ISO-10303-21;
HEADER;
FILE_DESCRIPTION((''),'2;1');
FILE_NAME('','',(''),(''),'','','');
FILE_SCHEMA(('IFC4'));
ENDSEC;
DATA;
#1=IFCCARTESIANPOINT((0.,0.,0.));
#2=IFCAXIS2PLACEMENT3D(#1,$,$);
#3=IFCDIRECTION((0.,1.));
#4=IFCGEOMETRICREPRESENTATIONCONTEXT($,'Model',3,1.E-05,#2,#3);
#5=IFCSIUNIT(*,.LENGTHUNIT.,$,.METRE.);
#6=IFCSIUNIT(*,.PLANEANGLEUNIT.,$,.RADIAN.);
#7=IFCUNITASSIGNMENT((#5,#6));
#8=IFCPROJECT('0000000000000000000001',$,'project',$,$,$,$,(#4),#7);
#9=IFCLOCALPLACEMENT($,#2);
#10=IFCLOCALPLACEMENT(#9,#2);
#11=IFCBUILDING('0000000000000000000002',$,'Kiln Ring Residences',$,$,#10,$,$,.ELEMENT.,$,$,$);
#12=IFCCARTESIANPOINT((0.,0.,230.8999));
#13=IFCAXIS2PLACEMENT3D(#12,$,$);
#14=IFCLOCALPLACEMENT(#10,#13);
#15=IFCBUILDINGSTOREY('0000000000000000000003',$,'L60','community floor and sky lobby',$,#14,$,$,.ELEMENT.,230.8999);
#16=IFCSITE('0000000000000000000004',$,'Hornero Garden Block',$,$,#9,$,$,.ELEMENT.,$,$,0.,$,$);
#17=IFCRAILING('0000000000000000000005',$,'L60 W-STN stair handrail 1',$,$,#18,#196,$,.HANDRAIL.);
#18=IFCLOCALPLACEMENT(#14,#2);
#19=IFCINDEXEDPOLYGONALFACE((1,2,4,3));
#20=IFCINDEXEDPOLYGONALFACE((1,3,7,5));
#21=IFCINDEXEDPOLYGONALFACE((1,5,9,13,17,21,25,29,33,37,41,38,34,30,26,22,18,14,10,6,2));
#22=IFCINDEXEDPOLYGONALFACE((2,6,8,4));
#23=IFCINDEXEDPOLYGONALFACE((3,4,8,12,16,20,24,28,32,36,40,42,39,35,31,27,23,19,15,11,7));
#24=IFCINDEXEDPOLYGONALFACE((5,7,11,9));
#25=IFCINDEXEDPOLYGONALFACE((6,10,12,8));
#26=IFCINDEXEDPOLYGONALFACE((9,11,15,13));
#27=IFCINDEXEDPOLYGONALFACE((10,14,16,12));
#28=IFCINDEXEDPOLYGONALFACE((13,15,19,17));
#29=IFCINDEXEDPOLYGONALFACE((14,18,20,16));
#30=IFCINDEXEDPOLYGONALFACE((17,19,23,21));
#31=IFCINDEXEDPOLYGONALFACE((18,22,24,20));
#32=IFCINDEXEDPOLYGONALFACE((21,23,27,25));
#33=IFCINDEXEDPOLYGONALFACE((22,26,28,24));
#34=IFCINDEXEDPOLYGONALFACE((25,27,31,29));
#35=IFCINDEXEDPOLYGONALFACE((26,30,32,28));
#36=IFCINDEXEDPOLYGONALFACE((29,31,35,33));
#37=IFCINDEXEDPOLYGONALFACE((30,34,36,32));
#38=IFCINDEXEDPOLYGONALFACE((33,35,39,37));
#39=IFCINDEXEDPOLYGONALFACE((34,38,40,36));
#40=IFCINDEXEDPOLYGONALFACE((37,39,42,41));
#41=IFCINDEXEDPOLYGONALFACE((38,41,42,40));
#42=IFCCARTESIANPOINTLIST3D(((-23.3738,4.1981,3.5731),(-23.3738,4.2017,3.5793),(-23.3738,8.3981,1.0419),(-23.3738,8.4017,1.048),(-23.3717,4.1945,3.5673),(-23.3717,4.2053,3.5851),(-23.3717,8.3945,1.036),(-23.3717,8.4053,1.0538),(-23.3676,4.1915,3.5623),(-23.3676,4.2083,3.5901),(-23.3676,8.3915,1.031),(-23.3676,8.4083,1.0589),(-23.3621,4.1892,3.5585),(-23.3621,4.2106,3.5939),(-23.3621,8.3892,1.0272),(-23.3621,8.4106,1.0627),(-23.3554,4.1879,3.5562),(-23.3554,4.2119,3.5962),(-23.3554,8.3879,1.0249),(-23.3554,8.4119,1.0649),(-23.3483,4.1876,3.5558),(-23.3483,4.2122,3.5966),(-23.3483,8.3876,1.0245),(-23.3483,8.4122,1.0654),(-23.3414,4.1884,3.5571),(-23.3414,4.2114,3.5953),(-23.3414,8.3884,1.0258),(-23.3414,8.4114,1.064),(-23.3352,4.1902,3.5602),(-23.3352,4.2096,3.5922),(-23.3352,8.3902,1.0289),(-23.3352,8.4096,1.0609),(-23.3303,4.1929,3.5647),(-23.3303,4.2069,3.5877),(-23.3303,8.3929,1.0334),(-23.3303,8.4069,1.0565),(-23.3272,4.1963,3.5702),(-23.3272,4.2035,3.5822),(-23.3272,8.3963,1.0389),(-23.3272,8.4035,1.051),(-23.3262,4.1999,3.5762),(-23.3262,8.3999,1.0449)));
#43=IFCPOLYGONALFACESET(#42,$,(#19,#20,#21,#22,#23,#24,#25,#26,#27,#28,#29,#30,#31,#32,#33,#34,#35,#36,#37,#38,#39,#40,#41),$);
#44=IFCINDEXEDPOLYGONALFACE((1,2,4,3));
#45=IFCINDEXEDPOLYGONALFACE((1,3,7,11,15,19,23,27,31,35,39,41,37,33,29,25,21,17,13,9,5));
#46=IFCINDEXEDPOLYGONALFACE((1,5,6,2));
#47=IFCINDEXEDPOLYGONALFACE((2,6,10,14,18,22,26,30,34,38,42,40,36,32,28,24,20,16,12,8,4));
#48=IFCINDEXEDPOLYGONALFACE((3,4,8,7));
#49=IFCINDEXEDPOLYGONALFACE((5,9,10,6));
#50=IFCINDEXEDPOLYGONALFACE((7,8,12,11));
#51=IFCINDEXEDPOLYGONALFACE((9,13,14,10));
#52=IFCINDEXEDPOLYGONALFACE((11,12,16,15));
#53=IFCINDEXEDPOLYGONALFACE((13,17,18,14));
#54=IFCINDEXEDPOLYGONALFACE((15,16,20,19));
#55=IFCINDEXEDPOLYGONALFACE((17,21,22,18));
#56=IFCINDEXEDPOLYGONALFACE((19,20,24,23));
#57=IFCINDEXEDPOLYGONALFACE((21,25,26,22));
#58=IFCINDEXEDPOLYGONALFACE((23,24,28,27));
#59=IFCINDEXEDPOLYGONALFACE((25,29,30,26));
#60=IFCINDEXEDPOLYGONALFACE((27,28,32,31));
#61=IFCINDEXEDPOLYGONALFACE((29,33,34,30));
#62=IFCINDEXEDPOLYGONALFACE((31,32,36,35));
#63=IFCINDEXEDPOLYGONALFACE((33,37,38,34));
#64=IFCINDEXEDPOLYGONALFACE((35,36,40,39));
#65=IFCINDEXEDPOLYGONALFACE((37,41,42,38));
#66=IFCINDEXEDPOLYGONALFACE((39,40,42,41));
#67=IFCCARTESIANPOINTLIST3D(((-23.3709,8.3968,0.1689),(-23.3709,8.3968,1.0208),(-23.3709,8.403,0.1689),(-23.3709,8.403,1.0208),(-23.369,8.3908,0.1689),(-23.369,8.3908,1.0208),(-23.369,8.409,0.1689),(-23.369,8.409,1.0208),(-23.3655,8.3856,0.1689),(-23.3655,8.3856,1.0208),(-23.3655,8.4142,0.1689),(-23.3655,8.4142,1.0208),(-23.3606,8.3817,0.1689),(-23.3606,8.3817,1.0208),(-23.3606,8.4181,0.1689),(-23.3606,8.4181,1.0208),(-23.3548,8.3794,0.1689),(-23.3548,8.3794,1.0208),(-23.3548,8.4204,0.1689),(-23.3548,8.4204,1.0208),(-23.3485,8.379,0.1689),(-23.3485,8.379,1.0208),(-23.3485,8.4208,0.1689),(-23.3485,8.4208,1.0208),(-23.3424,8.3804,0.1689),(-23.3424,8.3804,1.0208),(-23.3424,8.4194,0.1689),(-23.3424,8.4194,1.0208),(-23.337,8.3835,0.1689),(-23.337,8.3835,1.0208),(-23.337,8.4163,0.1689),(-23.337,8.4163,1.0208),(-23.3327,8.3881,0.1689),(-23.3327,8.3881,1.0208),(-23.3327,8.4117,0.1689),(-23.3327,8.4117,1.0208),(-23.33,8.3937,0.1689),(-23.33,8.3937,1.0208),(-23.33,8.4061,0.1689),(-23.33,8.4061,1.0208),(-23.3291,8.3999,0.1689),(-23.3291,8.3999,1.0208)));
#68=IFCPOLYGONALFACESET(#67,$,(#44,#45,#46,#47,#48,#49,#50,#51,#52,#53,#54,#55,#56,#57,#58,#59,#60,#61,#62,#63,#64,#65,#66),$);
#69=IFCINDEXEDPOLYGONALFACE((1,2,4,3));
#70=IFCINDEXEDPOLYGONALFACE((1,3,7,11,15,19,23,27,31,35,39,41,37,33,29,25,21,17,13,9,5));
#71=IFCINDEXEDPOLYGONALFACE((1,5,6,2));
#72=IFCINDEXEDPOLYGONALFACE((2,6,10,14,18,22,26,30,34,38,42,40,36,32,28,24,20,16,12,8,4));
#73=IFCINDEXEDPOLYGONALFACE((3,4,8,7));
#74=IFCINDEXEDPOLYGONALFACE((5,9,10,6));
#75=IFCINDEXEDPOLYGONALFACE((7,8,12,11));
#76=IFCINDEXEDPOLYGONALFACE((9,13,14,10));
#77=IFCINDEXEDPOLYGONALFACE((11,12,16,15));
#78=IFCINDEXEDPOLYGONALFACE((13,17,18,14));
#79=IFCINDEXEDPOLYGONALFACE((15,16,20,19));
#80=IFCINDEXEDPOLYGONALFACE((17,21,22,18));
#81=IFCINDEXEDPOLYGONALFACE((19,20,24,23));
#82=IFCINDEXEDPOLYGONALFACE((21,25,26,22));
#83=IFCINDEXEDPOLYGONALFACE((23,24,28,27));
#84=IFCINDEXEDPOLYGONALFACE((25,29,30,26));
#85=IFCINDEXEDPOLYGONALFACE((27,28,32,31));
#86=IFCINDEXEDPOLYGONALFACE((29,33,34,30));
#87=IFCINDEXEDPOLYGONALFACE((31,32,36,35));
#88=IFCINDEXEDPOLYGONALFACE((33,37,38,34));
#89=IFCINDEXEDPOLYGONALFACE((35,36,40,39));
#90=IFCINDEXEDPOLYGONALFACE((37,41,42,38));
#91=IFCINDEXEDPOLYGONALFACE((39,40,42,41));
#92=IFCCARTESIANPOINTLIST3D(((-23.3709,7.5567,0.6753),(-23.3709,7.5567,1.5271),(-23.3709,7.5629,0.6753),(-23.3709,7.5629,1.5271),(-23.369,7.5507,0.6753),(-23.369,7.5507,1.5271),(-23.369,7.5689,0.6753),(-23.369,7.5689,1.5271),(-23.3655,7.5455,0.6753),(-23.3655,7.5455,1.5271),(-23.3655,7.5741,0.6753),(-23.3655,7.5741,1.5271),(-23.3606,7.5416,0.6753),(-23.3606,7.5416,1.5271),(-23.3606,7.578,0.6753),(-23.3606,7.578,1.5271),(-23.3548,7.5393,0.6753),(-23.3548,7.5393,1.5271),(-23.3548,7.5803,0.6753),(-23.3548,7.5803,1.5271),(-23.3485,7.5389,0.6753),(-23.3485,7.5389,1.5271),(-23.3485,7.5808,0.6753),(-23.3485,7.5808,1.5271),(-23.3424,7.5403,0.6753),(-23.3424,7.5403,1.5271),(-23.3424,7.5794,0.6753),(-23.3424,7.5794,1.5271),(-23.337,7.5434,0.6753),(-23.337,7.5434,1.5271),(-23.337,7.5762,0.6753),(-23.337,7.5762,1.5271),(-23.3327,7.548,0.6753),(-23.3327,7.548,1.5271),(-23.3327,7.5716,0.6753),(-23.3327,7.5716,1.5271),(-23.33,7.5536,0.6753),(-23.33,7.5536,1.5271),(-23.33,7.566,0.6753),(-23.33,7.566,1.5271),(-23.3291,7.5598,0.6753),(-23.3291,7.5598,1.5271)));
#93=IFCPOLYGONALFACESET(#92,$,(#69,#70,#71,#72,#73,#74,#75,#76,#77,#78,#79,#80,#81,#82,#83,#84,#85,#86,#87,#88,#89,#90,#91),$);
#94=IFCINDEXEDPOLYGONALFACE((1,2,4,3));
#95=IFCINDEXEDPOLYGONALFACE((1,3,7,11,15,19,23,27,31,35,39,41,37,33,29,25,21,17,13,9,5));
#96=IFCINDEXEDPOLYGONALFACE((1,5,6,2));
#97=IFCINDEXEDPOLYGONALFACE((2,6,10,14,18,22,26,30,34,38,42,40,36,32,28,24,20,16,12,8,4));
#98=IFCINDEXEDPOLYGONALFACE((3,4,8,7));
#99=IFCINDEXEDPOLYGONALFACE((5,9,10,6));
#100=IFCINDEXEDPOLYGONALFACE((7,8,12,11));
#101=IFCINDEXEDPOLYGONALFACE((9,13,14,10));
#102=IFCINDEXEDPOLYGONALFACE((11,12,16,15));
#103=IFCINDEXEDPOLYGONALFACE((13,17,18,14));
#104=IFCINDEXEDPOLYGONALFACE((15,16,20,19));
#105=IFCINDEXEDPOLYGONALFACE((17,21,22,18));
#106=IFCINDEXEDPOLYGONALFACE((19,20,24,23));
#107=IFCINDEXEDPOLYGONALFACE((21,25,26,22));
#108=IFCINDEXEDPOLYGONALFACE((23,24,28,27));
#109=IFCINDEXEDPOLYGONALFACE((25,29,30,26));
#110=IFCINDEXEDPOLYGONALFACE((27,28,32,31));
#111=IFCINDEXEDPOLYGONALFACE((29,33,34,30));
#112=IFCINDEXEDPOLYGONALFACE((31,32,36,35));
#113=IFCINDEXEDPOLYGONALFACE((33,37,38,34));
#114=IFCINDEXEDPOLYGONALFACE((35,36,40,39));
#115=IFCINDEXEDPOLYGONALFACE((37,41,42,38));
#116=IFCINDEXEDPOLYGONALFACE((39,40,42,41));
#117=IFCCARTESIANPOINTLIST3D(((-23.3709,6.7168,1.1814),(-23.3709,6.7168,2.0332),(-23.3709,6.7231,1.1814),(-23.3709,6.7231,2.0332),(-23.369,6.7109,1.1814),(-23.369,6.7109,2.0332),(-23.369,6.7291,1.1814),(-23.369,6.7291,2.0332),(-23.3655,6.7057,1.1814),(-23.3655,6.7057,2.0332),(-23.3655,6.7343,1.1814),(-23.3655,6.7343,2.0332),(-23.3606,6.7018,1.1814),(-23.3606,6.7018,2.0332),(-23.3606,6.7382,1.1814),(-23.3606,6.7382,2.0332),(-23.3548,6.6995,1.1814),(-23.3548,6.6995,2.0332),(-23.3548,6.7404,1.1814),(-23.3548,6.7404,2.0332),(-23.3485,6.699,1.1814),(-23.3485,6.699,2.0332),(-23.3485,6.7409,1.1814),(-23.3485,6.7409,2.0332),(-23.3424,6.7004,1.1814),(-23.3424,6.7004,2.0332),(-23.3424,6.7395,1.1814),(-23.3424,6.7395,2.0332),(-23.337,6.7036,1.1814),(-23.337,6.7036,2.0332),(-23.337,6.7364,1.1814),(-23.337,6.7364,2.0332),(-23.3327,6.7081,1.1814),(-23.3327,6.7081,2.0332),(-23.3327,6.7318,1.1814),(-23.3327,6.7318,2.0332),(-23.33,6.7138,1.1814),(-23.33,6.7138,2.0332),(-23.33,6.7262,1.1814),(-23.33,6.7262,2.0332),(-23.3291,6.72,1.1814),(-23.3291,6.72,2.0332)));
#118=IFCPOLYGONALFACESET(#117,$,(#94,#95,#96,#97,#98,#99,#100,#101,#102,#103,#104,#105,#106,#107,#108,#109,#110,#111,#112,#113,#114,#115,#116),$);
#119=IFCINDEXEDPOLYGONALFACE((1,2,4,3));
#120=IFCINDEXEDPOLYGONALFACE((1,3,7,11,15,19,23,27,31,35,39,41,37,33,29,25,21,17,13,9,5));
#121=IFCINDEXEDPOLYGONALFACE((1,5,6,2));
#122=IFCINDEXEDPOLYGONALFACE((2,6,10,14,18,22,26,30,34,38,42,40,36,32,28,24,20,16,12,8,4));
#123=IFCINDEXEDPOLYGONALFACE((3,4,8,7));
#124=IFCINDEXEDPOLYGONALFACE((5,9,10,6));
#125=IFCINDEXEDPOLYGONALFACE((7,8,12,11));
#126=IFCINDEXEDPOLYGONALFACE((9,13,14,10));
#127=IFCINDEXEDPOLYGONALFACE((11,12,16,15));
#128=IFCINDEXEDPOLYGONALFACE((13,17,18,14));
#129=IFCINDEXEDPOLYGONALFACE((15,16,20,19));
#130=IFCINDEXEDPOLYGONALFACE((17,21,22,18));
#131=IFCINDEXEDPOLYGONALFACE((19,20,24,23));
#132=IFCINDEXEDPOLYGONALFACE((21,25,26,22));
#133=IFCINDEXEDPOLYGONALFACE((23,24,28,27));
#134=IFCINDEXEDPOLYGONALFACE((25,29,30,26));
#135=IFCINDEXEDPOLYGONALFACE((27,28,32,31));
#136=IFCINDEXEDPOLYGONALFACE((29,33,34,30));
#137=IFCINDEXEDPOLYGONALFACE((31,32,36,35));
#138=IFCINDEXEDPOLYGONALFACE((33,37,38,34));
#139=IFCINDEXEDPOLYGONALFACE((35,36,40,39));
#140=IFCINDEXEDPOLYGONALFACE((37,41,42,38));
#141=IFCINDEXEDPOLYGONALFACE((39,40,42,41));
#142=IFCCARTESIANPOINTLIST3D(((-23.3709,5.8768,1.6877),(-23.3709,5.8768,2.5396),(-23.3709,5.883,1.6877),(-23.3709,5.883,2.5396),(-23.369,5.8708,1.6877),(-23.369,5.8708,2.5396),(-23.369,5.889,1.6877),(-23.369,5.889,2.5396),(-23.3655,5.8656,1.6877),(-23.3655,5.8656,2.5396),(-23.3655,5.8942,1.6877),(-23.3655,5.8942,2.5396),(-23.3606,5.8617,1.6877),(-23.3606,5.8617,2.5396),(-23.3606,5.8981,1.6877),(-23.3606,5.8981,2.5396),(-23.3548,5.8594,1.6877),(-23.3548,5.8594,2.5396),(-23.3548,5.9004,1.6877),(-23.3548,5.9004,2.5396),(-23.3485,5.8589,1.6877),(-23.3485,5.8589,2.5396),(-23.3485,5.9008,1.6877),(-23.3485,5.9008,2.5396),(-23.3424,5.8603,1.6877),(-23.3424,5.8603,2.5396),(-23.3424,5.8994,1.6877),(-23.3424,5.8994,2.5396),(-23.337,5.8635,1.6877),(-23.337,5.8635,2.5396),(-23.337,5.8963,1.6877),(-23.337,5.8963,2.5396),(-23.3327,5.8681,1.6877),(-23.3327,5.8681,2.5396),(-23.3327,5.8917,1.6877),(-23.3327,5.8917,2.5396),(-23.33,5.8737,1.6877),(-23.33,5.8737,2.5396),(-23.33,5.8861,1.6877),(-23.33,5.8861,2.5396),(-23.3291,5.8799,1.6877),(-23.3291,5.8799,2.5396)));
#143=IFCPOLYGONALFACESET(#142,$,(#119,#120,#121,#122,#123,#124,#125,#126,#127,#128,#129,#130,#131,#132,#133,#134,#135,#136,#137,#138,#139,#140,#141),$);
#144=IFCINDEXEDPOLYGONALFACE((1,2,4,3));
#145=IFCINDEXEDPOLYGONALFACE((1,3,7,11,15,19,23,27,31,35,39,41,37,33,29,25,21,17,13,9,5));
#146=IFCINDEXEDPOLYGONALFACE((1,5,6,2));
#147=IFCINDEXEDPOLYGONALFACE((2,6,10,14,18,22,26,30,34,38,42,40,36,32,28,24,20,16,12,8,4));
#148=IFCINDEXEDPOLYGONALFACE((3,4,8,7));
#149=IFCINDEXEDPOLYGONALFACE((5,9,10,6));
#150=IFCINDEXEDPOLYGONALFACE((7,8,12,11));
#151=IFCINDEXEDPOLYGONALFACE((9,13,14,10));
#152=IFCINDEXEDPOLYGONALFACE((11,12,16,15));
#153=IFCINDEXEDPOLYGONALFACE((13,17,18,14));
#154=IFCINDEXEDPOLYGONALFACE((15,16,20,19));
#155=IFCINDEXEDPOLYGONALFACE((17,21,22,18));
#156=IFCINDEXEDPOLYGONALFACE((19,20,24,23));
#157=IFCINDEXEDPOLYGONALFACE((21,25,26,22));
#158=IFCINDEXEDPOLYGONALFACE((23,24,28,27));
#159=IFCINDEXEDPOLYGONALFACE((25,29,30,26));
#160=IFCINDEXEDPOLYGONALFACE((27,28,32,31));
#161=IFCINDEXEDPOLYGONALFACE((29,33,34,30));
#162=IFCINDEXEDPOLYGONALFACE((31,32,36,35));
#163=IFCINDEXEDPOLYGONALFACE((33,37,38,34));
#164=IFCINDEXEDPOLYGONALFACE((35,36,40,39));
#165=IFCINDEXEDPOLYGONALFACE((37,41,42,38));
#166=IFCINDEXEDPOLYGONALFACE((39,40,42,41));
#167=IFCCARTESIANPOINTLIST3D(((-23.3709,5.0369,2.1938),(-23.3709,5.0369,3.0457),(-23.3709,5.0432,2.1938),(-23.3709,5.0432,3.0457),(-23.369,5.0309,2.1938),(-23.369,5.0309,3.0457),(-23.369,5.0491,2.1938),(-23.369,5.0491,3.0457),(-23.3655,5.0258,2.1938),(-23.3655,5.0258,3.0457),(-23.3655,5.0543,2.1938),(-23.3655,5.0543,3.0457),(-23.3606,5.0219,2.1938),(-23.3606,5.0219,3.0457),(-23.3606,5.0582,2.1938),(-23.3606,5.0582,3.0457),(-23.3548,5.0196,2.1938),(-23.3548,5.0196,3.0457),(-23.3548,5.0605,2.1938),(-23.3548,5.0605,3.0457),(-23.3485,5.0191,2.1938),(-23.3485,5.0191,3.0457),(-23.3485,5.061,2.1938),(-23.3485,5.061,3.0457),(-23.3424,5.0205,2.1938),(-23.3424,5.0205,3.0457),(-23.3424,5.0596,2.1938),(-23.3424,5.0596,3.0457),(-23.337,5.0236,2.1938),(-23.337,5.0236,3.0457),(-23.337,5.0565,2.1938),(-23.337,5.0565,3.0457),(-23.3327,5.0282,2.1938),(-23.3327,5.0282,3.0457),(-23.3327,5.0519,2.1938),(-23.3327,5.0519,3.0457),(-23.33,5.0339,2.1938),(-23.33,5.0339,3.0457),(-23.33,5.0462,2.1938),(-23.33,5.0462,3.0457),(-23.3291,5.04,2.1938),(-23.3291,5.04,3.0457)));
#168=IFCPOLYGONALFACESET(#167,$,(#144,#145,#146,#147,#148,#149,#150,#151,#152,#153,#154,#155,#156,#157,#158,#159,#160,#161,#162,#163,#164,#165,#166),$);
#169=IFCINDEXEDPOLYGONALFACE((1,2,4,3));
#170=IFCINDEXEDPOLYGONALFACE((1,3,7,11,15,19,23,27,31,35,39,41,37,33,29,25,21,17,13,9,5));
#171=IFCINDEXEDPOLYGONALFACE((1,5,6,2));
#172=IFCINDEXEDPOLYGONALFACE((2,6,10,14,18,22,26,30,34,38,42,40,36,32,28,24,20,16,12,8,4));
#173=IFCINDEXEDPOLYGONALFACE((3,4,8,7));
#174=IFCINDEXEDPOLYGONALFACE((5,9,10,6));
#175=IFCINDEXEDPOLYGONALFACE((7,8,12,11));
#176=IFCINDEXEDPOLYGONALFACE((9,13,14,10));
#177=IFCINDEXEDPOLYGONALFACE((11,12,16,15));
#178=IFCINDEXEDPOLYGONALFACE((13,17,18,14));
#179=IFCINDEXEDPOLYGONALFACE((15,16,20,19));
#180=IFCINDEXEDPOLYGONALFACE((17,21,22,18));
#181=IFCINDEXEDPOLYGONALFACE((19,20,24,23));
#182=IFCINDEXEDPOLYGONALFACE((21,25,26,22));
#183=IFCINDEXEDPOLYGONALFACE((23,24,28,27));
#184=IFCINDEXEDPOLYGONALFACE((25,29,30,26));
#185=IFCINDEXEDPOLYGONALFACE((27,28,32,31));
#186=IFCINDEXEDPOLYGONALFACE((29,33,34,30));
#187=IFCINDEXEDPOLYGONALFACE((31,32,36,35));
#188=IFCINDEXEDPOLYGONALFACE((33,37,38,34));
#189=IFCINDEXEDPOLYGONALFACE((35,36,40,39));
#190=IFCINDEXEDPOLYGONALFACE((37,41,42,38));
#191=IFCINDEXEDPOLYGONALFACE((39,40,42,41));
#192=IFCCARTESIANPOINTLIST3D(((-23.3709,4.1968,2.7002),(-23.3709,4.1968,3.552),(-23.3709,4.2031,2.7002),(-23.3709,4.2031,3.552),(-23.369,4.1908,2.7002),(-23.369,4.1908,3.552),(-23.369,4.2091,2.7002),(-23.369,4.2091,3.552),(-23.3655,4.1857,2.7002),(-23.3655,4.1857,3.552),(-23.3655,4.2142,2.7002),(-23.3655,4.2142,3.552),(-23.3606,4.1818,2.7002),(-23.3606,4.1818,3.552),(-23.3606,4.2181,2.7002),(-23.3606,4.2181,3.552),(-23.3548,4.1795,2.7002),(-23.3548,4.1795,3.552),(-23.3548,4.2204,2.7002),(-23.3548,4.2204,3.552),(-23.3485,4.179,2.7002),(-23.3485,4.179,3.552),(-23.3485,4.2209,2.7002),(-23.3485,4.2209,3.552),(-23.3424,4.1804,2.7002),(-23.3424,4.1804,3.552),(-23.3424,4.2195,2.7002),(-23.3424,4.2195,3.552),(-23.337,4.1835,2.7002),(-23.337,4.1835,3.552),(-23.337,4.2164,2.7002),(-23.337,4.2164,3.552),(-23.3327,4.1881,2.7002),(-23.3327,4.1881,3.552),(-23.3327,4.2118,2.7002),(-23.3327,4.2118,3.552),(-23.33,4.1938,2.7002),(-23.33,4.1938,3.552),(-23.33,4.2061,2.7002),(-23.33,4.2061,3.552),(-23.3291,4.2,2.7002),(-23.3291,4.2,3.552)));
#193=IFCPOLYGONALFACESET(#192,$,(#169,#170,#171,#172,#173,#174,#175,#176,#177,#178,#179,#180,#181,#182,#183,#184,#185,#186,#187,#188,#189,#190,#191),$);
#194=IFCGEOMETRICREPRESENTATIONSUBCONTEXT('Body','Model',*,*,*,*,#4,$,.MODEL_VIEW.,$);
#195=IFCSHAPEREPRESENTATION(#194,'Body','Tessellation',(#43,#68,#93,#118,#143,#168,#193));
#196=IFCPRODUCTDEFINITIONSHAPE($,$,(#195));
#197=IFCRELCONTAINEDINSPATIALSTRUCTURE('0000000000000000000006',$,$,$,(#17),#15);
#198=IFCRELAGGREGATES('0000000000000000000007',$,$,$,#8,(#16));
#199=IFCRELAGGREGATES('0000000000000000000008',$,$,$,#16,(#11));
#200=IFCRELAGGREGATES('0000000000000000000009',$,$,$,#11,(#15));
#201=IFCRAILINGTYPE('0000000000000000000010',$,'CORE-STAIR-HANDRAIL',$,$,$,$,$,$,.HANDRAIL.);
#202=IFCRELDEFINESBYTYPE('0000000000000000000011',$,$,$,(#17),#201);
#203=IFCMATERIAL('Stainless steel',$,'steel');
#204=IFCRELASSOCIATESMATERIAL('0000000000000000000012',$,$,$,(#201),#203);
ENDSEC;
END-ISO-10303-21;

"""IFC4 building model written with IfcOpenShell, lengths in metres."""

from ifc_helpers import new_model, si_unit, direction, frame, origin, origin_2d, place, context, subcontext, project, spatial, circle, extrude, material, type_object, element, save


model = new_model("IFC4")

# Units and contexts
model_context = context("Model", 3, precision=1e-05, world=origin(), true_north=direction((0.0, 1.0)))
body_context = subcontext(model_context, "Body", "Model", "MODEL_VIEW")
ifc_project = project(units=[si_unit("LENGTHUNIT", "METRE"), si_unit("PLANEANGLEUNIT", "RADIAN")], contexts=[model_context])

# Site, building, storey
site_placement = place(None, origin())
site = spatial("IfcSite", under=ifc_project, at=site_placement, Name="Hornero Garden Block", CompositionType="ELEMENT", RefElevation=0.0)
building_placement = place(site_placement, origin())
building = spatial("IfcBuilding", under=site, at=building_placement, Name="Kiln Ring Residences", CompositionType="ELEMENT")
storey_placement = place(building_placement, frame((0.0, 0.0, 230.8999)))
storey = spatial("IfcBuildingStorey", under=building, at=storey_placement, Name="L60", Description="community floor and sky lobby", CompositionType="ELEMENT", Elevation=230.8999)

# Railing
ifc_material_1 = material(Name="Stainless steel", Category="steel")
railing_type_1 = type_object("IfcRailingType", Name="CORE-STAIR-HANDRAIL", PredefinedType="HANDRAIL", material=ifc_material_1)
railing_1_placement = place(storey_placement, frame((-23.3501, 8.3999, 0.1689)))
element("IfcRailing", 1, at=railing_1_placement, inside=storey, type_object=railing_type_1, Name="L60 W-STN stair handrail 1", PredefinedType="HANDRAIL", context=body_context, shape_type="SweptSolid", body=[
    extrude(circle(Radius=0.0239, at=origin_2d()), frame((0.0, 0.0, 0.876), z_axis=(0.0, -0.856476, 0.516186), x_axis=(1.0, 0.0, 0.0)), (0.0, 0.0, 1.0), 4.9038),
    extrude(circle(Radius=0.021, at=origin_2d()), origin(), (0.0, 0.0, 1.0), 0.8518),
    extrude(circle(Radius=0.021, at=origin_2d()), frame((0.0, -0.8401, 0.5063)), (0.0, 0.0, 1.0), 0.8518),
    extrude(circle(Radius=0.021, at=origin_2d()), frame((0.0, -1.6799, 1.0125)), (0.0, 0.0, 1.0), 0.8518),
    extrude(circle(Radius=0.021, at=origin_2d()), frame((0.0, -2.52, 1.5188)), (0.0, 0.0, 1.0), 0.8518),
    extrude(circle(Radius=0.021, at=origin_2d()), frame((0.0, -3.3599, 2.0249)), (0.0, 0.0, 1.0), 0.8518),
    extrude(circle(Radius=0.021, at=origin_2d()), frame((0.0, -4.2, 2.5312)), (0.0, 0.0, 1.0), 0.8518),
])

save(model, "model.ifc")
